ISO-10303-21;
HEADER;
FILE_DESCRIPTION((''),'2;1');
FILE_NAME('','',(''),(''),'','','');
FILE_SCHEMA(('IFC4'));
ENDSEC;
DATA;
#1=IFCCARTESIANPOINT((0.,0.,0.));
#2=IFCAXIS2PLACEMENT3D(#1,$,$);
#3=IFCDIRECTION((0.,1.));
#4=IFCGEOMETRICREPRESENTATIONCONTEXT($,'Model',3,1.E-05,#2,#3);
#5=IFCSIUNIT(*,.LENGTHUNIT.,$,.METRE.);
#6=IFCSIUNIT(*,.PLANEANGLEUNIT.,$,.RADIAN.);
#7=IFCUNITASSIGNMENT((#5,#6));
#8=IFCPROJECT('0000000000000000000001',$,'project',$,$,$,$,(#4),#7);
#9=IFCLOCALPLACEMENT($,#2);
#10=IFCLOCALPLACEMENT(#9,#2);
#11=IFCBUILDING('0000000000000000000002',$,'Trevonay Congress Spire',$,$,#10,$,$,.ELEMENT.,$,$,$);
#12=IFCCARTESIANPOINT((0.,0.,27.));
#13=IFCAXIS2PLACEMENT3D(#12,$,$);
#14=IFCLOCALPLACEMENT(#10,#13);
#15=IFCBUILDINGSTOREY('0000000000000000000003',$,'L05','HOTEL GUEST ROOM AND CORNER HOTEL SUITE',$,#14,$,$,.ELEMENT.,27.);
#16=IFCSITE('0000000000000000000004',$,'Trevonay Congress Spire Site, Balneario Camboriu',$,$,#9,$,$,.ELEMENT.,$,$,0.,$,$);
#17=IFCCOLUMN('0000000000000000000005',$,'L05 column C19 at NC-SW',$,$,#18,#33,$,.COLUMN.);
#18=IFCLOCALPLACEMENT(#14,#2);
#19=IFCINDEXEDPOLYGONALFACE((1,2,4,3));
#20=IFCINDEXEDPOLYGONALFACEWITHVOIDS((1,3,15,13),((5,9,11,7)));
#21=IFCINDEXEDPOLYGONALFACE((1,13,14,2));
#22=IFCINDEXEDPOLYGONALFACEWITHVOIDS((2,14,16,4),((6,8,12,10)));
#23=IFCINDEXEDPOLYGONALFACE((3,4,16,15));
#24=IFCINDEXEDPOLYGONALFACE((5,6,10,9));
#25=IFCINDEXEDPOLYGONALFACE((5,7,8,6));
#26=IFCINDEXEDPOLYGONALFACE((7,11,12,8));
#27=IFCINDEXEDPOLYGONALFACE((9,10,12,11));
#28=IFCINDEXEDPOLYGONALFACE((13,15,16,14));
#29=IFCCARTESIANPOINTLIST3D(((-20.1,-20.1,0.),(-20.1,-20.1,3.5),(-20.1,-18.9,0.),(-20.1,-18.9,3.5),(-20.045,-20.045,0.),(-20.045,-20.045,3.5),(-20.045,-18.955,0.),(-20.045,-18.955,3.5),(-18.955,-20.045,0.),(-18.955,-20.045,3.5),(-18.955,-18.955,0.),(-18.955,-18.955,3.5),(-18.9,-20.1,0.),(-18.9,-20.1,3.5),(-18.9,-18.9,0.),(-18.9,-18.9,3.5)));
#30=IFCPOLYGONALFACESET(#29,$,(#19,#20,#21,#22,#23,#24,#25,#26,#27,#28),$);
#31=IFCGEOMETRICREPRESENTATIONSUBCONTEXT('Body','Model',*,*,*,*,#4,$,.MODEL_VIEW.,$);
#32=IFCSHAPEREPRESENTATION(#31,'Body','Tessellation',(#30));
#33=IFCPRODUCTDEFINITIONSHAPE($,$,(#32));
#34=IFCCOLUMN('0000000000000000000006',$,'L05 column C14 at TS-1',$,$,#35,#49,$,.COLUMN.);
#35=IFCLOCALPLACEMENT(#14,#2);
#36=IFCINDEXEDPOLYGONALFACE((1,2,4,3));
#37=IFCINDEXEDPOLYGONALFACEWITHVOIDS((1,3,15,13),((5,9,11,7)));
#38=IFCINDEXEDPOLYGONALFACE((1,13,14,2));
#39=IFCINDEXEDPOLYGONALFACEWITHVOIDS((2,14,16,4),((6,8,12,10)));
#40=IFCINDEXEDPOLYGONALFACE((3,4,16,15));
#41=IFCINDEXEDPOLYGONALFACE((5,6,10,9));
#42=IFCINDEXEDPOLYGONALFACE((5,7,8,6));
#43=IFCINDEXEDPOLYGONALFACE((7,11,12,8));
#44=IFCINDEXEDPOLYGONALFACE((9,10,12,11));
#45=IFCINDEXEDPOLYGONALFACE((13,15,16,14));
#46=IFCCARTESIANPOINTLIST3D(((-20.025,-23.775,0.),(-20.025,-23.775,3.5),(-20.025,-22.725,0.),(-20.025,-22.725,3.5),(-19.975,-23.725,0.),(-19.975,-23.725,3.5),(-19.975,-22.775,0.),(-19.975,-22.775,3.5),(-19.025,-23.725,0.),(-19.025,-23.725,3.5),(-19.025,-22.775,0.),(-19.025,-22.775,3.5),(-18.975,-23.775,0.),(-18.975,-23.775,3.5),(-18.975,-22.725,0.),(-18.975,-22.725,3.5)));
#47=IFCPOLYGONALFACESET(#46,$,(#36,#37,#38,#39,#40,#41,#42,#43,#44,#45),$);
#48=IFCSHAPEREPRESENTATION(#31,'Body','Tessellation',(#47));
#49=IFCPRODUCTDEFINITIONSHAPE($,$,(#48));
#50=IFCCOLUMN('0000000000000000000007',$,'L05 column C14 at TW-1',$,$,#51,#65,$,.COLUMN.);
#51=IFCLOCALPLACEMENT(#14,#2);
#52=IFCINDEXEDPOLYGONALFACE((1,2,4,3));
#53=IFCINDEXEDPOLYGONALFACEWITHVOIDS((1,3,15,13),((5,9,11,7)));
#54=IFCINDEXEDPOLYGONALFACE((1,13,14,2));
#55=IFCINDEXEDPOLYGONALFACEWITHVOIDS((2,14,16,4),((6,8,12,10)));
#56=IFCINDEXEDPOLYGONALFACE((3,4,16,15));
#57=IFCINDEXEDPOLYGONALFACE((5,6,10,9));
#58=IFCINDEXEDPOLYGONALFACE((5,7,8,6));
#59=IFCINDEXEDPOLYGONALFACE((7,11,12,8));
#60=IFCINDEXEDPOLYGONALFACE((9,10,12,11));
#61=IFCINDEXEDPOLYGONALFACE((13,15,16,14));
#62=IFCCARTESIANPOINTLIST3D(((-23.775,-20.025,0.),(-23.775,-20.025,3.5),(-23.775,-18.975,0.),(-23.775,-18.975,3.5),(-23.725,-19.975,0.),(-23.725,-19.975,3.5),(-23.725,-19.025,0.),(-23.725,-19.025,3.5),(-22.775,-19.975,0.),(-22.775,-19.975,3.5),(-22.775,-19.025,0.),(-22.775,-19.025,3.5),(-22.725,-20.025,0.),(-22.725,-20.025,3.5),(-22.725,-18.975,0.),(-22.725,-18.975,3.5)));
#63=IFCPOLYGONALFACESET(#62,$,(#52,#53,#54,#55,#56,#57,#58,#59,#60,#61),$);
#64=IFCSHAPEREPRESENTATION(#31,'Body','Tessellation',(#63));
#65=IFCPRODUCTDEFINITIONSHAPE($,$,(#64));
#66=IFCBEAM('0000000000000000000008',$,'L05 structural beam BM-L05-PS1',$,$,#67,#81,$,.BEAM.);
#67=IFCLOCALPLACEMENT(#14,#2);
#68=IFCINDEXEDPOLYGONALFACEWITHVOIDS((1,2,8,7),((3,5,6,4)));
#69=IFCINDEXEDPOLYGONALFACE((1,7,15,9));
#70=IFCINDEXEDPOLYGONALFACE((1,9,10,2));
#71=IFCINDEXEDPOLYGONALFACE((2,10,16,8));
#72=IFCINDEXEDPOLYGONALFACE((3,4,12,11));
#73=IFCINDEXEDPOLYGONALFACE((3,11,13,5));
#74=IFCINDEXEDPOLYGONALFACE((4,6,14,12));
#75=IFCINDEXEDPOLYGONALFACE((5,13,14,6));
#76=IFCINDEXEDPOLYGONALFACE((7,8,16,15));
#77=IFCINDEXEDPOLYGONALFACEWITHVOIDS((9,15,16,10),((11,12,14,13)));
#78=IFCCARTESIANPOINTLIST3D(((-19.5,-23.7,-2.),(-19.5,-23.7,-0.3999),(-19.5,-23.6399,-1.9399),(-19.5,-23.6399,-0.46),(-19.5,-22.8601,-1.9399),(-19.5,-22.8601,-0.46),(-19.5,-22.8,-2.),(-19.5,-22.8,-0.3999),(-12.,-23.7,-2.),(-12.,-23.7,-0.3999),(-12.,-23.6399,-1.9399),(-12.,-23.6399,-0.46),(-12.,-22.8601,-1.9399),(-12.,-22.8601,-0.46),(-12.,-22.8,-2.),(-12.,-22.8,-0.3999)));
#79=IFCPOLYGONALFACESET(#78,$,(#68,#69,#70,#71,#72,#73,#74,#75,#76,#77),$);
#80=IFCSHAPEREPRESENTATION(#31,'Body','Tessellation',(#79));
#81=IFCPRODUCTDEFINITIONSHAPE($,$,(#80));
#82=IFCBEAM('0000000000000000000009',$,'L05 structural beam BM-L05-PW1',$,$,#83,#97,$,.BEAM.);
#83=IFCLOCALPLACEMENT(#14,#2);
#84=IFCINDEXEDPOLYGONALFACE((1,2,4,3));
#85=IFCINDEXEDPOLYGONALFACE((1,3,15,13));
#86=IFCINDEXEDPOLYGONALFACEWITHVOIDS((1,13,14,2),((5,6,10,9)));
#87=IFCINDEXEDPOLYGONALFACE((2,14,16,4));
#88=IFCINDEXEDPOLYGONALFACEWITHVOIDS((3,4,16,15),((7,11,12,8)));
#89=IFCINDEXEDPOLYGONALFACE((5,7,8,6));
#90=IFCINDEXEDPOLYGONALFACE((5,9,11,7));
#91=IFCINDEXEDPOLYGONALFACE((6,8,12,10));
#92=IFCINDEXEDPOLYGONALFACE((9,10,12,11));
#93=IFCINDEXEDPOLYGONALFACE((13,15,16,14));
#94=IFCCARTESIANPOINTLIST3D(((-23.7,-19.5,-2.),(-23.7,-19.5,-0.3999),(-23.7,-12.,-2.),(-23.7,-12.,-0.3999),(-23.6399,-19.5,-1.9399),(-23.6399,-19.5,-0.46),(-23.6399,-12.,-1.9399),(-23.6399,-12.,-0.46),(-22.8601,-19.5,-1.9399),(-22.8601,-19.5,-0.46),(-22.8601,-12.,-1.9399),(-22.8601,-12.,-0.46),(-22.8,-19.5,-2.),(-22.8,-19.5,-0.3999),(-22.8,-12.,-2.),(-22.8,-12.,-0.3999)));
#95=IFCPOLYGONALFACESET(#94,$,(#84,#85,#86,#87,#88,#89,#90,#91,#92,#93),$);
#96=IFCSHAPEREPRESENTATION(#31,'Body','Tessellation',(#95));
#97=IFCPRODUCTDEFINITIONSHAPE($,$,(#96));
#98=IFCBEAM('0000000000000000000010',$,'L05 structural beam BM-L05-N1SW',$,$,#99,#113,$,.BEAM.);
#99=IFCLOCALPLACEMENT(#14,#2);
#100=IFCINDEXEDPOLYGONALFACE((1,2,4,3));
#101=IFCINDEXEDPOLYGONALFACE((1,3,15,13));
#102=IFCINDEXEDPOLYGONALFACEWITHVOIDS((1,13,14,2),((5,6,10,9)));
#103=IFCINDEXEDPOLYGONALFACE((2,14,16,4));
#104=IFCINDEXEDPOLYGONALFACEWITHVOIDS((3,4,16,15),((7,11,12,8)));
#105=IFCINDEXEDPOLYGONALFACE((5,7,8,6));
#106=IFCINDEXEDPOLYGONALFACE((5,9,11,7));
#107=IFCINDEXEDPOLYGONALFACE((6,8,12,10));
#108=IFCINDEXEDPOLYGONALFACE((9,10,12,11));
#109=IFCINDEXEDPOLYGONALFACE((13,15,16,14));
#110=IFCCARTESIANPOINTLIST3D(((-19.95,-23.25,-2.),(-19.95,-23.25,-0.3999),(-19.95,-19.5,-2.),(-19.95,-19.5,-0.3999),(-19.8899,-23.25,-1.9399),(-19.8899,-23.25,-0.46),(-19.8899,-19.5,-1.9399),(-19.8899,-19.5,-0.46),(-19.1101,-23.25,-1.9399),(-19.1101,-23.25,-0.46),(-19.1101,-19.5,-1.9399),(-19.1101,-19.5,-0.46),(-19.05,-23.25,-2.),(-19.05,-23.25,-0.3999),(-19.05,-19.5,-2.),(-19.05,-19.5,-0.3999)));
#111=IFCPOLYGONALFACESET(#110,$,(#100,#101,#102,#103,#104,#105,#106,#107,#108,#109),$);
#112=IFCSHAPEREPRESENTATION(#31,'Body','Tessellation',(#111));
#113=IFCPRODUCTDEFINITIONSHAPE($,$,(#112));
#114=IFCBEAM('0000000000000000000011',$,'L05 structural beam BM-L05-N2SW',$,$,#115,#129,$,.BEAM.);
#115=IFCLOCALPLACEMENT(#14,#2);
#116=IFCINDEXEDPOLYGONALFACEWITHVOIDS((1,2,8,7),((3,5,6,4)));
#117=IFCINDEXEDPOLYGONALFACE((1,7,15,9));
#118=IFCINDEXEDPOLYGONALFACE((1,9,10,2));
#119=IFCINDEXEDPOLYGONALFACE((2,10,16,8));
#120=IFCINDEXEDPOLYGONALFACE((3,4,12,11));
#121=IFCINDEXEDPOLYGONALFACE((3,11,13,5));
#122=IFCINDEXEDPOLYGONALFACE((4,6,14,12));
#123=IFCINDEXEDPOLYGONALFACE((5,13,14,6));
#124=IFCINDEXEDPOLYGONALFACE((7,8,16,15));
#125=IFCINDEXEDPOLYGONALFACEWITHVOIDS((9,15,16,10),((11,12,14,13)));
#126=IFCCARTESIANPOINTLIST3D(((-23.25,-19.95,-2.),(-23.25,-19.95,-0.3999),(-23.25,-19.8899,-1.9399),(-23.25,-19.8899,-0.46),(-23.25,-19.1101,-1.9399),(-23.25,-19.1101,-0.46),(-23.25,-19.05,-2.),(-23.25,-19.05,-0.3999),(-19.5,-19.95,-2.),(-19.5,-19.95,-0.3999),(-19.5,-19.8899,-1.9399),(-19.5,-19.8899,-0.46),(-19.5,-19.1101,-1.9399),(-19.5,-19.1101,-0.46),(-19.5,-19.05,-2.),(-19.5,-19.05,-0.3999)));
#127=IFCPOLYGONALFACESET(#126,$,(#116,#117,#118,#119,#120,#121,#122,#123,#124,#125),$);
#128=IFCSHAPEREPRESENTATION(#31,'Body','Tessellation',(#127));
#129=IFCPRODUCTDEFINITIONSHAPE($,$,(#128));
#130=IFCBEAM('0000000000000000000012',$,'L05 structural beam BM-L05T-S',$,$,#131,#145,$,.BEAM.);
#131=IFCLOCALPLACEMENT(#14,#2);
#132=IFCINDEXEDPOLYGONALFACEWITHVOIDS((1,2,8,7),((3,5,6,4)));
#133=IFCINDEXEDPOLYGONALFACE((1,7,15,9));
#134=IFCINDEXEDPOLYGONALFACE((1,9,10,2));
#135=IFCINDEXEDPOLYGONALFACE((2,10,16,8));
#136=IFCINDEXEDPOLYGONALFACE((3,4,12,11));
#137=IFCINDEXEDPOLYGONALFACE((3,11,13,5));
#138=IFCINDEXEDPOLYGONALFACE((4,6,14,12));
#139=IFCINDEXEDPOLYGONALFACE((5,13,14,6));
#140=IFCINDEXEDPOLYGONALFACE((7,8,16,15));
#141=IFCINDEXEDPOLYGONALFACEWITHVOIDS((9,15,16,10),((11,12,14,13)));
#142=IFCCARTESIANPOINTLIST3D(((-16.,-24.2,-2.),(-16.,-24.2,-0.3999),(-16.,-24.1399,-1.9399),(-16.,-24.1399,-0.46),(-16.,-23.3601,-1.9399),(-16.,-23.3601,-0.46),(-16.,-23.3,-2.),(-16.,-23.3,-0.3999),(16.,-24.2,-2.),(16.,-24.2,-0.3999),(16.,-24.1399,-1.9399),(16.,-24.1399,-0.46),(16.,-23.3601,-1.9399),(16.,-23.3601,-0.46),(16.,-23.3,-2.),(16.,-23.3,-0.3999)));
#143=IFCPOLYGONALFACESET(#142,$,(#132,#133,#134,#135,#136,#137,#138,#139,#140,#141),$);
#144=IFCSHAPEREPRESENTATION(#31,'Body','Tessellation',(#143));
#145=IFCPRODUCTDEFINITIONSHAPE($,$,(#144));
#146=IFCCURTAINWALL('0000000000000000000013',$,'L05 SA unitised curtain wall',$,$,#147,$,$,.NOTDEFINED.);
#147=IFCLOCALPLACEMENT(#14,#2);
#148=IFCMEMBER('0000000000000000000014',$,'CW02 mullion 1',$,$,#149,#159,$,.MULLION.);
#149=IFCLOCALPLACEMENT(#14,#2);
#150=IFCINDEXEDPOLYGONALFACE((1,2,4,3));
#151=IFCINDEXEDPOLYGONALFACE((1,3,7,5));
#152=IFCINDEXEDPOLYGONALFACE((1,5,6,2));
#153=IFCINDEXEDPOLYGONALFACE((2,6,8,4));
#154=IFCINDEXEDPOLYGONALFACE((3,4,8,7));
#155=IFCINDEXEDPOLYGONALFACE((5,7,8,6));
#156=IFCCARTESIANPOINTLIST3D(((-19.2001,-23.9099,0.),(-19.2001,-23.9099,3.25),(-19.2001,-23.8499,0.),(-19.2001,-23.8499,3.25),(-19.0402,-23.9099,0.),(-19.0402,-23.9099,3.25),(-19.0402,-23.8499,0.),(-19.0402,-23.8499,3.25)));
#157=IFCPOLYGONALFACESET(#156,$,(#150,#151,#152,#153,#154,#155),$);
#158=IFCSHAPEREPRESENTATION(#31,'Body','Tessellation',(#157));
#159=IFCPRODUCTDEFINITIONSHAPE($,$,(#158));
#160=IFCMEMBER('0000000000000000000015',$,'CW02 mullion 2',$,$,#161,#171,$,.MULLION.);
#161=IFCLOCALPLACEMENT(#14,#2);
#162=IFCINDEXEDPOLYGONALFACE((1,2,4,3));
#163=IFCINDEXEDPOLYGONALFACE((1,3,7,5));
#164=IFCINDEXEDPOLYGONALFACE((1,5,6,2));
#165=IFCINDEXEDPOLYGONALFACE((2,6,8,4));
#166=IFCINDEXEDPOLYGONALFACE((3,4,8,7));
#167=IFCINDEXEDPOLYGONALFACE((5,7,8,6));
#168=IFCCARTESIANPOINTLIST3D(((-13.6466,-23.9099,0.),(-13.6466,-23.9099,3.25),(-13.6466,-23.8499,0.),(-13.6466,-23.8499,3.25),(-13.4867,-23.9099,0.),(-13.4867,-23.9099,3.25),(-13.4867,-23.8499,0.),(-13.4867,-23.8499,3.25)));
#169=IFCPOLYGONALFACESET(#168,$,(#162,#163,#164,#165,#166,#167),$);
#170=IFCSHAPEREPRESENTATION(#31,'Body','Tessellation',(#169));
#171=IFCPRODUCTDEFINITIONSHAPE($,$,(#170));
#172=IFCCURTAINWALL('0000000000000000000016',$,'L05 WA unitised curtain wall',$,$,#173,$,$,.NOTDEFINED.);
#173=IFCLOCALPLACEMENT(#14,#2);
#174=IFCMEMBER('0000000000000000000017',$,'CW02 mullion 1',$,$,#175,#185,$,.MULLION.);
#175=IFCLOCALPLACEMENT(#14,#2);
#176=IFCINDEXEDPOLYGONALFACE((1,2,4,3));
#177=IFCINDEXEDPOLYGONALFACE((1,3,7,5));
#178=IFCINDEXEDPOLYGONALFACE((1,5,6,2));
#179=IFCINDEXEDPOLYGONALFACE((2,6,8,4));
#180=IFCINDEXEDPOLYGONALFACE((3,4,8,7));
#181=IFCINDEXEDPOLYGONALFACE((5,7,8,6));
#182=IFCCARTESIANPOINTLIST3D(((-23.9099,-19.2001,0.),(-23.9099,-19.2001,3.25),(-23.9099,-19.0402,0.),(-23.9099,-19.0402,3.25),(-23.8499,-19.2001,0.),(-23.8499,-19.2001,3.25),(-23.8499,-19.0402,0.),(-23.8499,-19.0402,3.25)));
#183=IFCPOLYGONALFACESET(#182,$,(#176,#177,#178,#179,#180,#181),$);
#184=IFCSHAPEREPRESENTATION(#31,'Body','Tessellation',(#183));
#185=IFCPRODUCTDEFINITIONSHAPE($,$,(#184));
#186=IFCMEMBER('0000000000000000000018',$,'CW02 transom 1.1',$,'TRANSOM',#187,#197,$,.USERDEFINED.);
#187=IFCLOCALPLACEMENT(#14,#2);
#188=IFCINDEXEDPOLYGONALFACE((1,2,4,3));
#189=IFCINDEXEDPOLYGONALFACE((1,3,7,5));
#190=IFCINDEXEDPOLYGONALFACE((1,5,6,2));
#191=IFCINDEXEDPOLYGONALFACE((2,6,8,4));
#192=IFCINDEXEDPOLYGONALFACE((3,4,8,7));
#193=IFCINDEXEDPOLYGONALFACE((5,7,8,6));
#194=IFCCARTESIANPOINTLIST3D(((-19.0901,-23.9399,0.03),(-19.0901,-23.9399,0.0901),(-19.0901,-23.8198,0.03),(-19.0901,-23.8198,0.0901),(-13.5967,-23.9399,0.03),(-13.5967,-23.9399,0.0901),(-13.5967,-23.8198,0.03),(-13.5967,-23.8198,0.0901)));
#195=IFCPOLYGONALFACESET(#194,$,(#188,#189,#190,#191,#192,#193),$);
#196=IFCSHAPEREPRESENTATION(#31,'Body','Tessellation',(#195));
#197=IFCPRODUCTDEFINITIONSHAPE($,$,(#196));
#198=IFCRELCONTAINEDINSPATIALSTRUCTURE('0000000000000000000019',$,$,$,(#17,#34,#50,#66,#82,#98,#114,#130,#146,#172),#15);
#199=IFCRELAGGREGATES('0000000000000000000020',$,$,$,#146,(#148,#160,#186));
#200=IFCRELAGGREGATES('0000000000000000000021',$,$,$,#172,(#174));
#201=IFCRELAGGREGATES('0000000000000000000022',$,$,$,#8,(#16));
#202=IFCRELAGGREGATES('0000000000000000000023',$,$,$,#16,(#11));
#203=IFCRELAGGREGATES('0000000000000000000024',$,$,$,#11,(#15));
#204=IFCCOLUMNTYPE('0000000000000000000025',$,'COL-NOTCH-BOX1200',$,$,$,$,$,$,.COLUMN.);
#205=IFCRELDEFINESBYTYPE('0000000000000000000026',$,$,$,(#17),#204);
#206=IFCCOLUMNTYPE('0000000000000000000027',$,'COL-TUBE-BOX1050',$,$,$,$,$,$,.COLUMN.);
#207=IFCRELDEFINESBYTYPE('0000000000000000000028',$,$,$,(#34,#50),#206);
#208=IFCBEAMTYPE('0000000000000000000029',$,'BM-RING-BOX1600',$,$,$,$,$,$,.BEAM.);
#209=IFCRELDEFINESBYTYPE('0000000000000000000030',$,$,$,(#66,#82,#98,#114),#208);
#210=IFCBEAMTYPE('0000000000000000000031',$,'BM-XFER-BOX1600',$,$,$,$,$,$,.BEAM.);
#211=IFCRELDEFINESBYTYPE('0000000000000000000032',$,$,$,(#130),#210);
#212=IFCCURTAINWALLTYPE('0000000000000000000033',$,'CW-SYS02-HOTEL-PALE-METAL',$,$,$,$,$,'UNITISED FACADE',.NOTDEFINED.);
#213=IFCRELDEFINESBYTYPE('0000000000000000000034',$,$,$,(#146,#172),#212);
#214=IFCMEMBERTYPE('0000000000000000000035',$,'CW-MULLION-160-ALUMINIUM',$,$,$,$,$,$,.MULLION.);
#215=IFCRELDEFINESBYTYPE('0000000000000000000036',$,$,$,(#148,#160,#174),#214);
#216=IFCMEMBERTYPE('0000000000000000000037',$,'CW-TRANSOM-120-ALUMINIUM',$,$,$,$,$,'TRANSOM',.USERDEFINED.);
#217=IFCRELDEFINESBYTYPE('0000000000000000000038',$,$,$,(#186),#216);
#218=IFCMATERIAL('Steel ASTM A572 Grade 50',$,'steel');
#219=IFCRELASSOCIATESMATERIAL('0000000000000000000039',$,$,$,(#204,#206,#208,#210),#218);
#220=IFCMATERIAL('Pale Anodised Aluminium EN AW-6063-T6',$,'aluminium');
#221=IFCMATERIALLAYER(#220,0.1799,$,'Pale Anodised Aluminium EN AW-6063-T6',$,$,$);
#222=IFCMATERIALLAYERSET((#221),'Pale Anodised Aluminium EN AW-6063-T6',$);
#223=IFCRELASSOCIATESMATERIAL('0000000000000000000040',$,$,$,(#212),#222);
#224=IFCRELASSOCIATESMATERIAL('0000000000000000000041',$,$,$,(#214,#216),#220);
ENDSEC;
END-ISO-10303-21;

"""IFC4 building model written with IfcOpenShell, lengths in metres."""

from ifc_helpers import new_model, si_unit, direction, frame, origin, origin_2d, place, context, subcontext, project, spatial, rectangle, hollow_rectangle, extrude, material, layer, layer_set, material_profile, profile_set, type_object, element, aggregate, save


model = new_model("IFC4")

# Units and contexts
model_context = context("Model", 3, precision=1e-05, world=origin(), true_north=direction((0.0, 1.0)))
body_context = subcontext(model_context, "Body", "Model", "MODEL_VIEW")
ifc_project = project(units=[si_unit("LENGTHUNIT", "METRE"), si_unit("PLANEANGLEUNIT", "RADIAN")], contexts=[model_context])

# Site, building, storey
site_placement = place(None, origin())
site = spatial("IfcSite", under=ifc_project, at=site_placement, Name="Trevonay Congress Spire Site, Balneario Camboriu", CompositionType="ELEMENT", RefElevation=0.0)
building_placement = place(site_placement, origin())
building = spatial("IfcBuilding", under=site, at=building_placement, Name="Trevonay Congress Spire", CompositionType="ELEMENT")
storey_placement = place(building_placement, frame((0.0, 0.0, 27.0)))
storey = spatial("IfcBuildingStorey", under=building, at=storey_placement, Name="L05", Description="HOTEL GUEST ROOM AND CORNER HOTEL SUITE", CompositionType="ELEMENT", Elevation=27.0)

# Columns
ifc_material_1 = material(Name="Steel ASTM A572 Grade 50", Category="steel")
ifc_material_profile_1 = material_profile(ifc_material_1, hollow_rectangle(XDim=1.2, YDim=1.2, WallThickness=0.0549, at=origin_2d()), Name="BOX 1200x1200x55")
ifc_profile_set_1 = profile_set([ifc_material_profile_1], Name="Steel ASTM A572 Grade 50")
column_type_1 = type_object("IfcColumnType", Name="COL-NOTCH-BOX1200", PredefinedType="COLUMN", material=ifc_profile_set_1)
column_placement = place(storey_placement, frame((-19.5, -19.5, 0.0), z_axis=(0.0, 0.0, 1.0), x_axis=(1.0, 0.0, 0.0)))
element("IfcColumn", 1, at=column_placement, inside=storey, type_object=column_type_1, Name="L05 column C19 at NC-SW", PredefinedType="COLUMN", context=body_context, shape_type="SweptSolid", body=[
    extrude(hollow_rectangle(XDim=1.2, YDim=1.2, WallThickness=0.0549, at=origin_2d()), origin(), (0.0, 0.0, 1.0), 3.5),
])
ifc_material_profile_2 = material_profile(ifc_material_1, hollow_rectangle(XDim=1.05, YDim=1.05, WallThickness=0.05, at=origin_2d()), Name="BOX 1050x1050x50")
ifc_profile_set_2 = profile_set([ifc_material_profile_2], Name="Steel ASTM A572 Grade 50")
column_type_2 = type_object("IfcColumnType", Name="COL-TUBE-BOX1050", PredefinedType="COLUMN", material=ifc_profile_set_2)
for number, where, z_axis, x_axis, name in (
    (2, (-19.5, -23.25, 0.0), (0.0, 0.0, 1.0), (1.0, 0.0, 0.0), "L05 column C14 at TS-1"),
    (3, (-23.25, -19.5, 0.0), (0.0, 0.0, 1.0), (1.0, 0.0, 0.0), "L05 column C14 at TW-1"),
):
    element("IfcColumn", number, at=place(storey_placement, frame(where, z_axis=z_axis, x_axis=x_axis)), inside=storey, type_object=column_type_2, Name=name, PredefinedType="COLUMN", context=body_context, shape_type="SweptSolid", body=[
        extrude(hollow_rectangle(XDim=1.05, YDim=1.05, WallThickness=0.05, at=origin_2d()), origin(), (0.0, 0.0, 1.0), 3.5),
    ])

# Beams
ifc_material_profile_3 = material_profile(ifc_material_1, hollow_rectangle(XDim=0.8999, YDim=1.6001, WallThickness=0.0601, at=origin_2d()), Name="BOX 1600x900x60")
ifc_profile_set_3 = profile_set([ifc_material_profile_3], Name="Steel ASTM A572 Grade 50")
beam_type_1 = type_object("IfcBeamType", Name="BM-RING-BOX1600", PredefinedType="BEAM", material=ifc_profile_set_3)
for number, where, z_axis, x_axis, name in (
    (4, (-19.5, -23.25, -1.2), (1.0, 0.0, 0.0), (0.0, 1.0, 0.0), "L05 structural beam BM-L05-PS1"),
    (5, (-23.25, -19.5, -1.2), (0.0, 1.0, 0.0), (-1.0, 0.0, 0.0), "L05 structural beam BM-L05-PW1"),
):
    element("IfcBeam", number, at=place(storey_placement, frame(where, z_axis=z_axis, x_axis=x_axis)), inside=storey, type_object=beam_type_1, Name=name, PredefinedType="BEAM", context=body_context, shape_type="SweptSolid", body=[
        extrude(hollow_rectangle(XDim=0.8999, YDim=1.6001, WallThickness=0.0601, at=origin_2d()), origin(), (0.0, 0.0, 1.0), 7.5),
    ])
for number, where, z_axis, x_axis, name in (
    (6, (-19.5, -23.25, -1.2), (0.0, 1.0, 0.0), (-1.0, 0.0, 0.0), "L05 structural beam BM-L05-N1SW"),
    (7, (-23.25, -19.5, -1.2), (1.0, 0.0, 0.0), (0.0, 1.0, 0.0), "L05 structural beam BM-L05-N2SW"),
):
    element("IfcBeam", number, at=place(storey_placement, frame(where, z_axis=z_axis, x_axis=x_axis)), inside=storey, type_object=beam_type_1, Name=name, PredefinedType="BEAM", context=body_context, shape_type="SweptSolid", body=[
        extrude(hollow_rectangle(XDim=0.8999, YDim=1.6001, WallThickness=0.0601, at=origin_2d()), origin(), (0.0, 0.0, 1.0), 3.75),
    ])
ifc_material_profile_4 = material_profile(ifc_material_1, hollow_rectangle(XDim=0.8999, YDim=1.6001, WallThickness=0.0601, at=origin_2d()), Name="BOX 1600x900x60")
ifc_profile_set_4 = profile_set([ifc_material_profile_4], Name="Steel ASTM A572 Grade 50")
beam_type_2 = type_object("IfcBeamType", Name="BM-XFER-BOX1600", PredefinedType="BEAM", material=ifc_profile_set_4)
beam_placement = place(storey_placement, frame((-16.0, -23.75, -1.2), z_axis=(1.0, 0.0, 0.0), x_axis=(0.0, 1.0, 0.0)))
element("IfcBeam", 8, at=beam_placement, inside=storey, type_object=beam_type_2, Name="L05 structural beam BM-L05T-S", PredefinedType="BEAM", context=body_context, shape_type="SweptSolid", body=[
    extrude(hollow_rectangle(XDim=0.8999, YDim=1.6001, WallThickness=0.0601, at=origin_2d()), origin(), (0.0, 0.0, 1.0), 32.0),
])

# Curtain wall, members
ifc_material_2 = material(Name="Pale Anodised Aluminium EN AW-6063-T6", Category="aluminium")
ifc_layer_1 = layer(ifc_material_2, 0.1799, Name="Pale Anodised Aluminium EN AW-6063-T6")
ifc_layer_set_1 = layer_set([ifc_layer_1], Name="Pale Anodised Aluminium EN AW-6063-T6")
curtain_wall_type = type_object("IfcCurtainWallType", Name="CW-SYS02-HOTEL-PALE-METAL", ElementType="UNITISED FACADE", PredefinedType="NOTDEFINED", material=ifc_layer_set_1)
curtain_wall_1_placement = place(storey_placement, origin())
curtain_wall_1 = element("IfcCurtainWall", 9, at=curtain_wall_1_placement, inside=storey, type_object=curtain_wall_type, Name="L05 SA unitised curtain wall", PredefinedType="NOTDEFINED")
ifc_material_profile_5 = material_profile(ifc_material_2, rectangle(XDim=0.0601, YDim=0.1599, at=origin_2d()), Name="CW-MULLION-160-ALUMINIUM")
ifc_profile_set_5 = profile_set([ifc_material_profile_5], Name="Pale Anodised Aluminium EN AW-6063-T6")
member_type_1 = type_object("IfcMemberType", Name="CW-MULLION-160-ALUMINIUM", PredefinedType="MULLION", material=ifc_profile_set_5)
member_1_placement = place(storey_placement, frame((-19.1201, -23.8799, 0.0), z_axis=(0.0, 0.0, 1.0), x_axis=(0.0, 1.0, 0.0)))
member_1 = element("IfcMember", 10, at=member_1_placement, type_object=member_type_1, Name="CW02 mullion 1", PredefinedType="MULLION", context=body_context, shape_type="SweptSolid", body=[
    extrude(rectangle(XDim=0.0601, YDim=0.1599, at=origin_2d()), origin(), (0.0, 0.0, 1.0), 3.25),
])
member_2_placement = place(storey_placement, frame((-13.5667, -23.8799, 0.0), z_axis=(0.0, 0.0, 1.0), x_axis=(0.0, 1.0, 0.0)))
member_2 = element("IfcMember", 11, at=member_2_placement, type_object=member_type_1, Name="CW02 mullion 2", PredefinedType="MULLION", context=body_context, shape_type="SweptSolid", body=[
    extrude(rectangle(XDim=0.0601, YDim=0.1599, at=origin_2d()), origin(), (0.0, 0.0, 1.0), 3.25),
])

# Curtain wall, member
curtain_wall_2_placement = place(storey_placement, origin())
curtain_wall_2 = element("IfcCurtainWall", 12, at=curtain_wall_2_placement, inside=storey, type_object=curtain_wall_type, Name="L05 WA unitised curtain wall", PredefinedType="NOTDEFINED")
member_3_placement = place(storey_placement, frame((-23.8799, -19.1201, 0.0), z_axis=(0.0, 0.0, 1.0), x_axis=(-1.0, 0.0, 0.0)))
member_3 = element("IfcMember", 13, at=member_3_placement, type_object=member_type_1, Name="CW02 mullion 1", PredefinedType="MULLION", context=body_context, shape_type="SweptSolid", body=[
    extrude(rectangle(XDim=0.0601, YDim=0.1599, at=origin_2d()), origin(), (0.0, 0.0, 1.0), 3.25),
])

# Member
ifc_material_profile_6 = material_profile(ifc_material_2, rectangle(XDim=0.1201, YDim=0.0601, at=origin_2d()), Name="CW-TRANSOM-120-ALUMINIUM")
ifc_profile_set_6 = profile_set([ifc_material_profile_6], Name="Pale Anodised Aluminium EN AW-6063-T6")
member_type_2 = type_object("IfcMemberType", Name="CW-TRANSOM-120-ALUMINIUM", ElementType="TRANSOM", PredefinedType="USERDEFINED", material=ifc_profile_set_6)
member_4_placement = place(storey_placement, frame((-19.0901, -23.8799, 0.0601), z_axis=(1.0, 0.0, 0.0), x_axis=(0.0, 1.0, 0.0)))
member_4 = element("IfcMember", 14, at=member_4_placement, type_object=member_type_2, Name="CW02 transom 1.1", ObjectType="TRANSOM", PredefinedType="USERDEFINED", context=body_context, shape_type="SweptSolid", body=[
    extrude(rectangle(XDim=0.1201, YDim=0.0601, at=origin_2d()), origin(), (0.0, 0.0, 1.0), 5.4934),
])

aggregate(curtain_wall_1, [member_1, member_2, member_4])
aggregate(curtain_wall_2, [member_3])

save(model, "model.ifc")
